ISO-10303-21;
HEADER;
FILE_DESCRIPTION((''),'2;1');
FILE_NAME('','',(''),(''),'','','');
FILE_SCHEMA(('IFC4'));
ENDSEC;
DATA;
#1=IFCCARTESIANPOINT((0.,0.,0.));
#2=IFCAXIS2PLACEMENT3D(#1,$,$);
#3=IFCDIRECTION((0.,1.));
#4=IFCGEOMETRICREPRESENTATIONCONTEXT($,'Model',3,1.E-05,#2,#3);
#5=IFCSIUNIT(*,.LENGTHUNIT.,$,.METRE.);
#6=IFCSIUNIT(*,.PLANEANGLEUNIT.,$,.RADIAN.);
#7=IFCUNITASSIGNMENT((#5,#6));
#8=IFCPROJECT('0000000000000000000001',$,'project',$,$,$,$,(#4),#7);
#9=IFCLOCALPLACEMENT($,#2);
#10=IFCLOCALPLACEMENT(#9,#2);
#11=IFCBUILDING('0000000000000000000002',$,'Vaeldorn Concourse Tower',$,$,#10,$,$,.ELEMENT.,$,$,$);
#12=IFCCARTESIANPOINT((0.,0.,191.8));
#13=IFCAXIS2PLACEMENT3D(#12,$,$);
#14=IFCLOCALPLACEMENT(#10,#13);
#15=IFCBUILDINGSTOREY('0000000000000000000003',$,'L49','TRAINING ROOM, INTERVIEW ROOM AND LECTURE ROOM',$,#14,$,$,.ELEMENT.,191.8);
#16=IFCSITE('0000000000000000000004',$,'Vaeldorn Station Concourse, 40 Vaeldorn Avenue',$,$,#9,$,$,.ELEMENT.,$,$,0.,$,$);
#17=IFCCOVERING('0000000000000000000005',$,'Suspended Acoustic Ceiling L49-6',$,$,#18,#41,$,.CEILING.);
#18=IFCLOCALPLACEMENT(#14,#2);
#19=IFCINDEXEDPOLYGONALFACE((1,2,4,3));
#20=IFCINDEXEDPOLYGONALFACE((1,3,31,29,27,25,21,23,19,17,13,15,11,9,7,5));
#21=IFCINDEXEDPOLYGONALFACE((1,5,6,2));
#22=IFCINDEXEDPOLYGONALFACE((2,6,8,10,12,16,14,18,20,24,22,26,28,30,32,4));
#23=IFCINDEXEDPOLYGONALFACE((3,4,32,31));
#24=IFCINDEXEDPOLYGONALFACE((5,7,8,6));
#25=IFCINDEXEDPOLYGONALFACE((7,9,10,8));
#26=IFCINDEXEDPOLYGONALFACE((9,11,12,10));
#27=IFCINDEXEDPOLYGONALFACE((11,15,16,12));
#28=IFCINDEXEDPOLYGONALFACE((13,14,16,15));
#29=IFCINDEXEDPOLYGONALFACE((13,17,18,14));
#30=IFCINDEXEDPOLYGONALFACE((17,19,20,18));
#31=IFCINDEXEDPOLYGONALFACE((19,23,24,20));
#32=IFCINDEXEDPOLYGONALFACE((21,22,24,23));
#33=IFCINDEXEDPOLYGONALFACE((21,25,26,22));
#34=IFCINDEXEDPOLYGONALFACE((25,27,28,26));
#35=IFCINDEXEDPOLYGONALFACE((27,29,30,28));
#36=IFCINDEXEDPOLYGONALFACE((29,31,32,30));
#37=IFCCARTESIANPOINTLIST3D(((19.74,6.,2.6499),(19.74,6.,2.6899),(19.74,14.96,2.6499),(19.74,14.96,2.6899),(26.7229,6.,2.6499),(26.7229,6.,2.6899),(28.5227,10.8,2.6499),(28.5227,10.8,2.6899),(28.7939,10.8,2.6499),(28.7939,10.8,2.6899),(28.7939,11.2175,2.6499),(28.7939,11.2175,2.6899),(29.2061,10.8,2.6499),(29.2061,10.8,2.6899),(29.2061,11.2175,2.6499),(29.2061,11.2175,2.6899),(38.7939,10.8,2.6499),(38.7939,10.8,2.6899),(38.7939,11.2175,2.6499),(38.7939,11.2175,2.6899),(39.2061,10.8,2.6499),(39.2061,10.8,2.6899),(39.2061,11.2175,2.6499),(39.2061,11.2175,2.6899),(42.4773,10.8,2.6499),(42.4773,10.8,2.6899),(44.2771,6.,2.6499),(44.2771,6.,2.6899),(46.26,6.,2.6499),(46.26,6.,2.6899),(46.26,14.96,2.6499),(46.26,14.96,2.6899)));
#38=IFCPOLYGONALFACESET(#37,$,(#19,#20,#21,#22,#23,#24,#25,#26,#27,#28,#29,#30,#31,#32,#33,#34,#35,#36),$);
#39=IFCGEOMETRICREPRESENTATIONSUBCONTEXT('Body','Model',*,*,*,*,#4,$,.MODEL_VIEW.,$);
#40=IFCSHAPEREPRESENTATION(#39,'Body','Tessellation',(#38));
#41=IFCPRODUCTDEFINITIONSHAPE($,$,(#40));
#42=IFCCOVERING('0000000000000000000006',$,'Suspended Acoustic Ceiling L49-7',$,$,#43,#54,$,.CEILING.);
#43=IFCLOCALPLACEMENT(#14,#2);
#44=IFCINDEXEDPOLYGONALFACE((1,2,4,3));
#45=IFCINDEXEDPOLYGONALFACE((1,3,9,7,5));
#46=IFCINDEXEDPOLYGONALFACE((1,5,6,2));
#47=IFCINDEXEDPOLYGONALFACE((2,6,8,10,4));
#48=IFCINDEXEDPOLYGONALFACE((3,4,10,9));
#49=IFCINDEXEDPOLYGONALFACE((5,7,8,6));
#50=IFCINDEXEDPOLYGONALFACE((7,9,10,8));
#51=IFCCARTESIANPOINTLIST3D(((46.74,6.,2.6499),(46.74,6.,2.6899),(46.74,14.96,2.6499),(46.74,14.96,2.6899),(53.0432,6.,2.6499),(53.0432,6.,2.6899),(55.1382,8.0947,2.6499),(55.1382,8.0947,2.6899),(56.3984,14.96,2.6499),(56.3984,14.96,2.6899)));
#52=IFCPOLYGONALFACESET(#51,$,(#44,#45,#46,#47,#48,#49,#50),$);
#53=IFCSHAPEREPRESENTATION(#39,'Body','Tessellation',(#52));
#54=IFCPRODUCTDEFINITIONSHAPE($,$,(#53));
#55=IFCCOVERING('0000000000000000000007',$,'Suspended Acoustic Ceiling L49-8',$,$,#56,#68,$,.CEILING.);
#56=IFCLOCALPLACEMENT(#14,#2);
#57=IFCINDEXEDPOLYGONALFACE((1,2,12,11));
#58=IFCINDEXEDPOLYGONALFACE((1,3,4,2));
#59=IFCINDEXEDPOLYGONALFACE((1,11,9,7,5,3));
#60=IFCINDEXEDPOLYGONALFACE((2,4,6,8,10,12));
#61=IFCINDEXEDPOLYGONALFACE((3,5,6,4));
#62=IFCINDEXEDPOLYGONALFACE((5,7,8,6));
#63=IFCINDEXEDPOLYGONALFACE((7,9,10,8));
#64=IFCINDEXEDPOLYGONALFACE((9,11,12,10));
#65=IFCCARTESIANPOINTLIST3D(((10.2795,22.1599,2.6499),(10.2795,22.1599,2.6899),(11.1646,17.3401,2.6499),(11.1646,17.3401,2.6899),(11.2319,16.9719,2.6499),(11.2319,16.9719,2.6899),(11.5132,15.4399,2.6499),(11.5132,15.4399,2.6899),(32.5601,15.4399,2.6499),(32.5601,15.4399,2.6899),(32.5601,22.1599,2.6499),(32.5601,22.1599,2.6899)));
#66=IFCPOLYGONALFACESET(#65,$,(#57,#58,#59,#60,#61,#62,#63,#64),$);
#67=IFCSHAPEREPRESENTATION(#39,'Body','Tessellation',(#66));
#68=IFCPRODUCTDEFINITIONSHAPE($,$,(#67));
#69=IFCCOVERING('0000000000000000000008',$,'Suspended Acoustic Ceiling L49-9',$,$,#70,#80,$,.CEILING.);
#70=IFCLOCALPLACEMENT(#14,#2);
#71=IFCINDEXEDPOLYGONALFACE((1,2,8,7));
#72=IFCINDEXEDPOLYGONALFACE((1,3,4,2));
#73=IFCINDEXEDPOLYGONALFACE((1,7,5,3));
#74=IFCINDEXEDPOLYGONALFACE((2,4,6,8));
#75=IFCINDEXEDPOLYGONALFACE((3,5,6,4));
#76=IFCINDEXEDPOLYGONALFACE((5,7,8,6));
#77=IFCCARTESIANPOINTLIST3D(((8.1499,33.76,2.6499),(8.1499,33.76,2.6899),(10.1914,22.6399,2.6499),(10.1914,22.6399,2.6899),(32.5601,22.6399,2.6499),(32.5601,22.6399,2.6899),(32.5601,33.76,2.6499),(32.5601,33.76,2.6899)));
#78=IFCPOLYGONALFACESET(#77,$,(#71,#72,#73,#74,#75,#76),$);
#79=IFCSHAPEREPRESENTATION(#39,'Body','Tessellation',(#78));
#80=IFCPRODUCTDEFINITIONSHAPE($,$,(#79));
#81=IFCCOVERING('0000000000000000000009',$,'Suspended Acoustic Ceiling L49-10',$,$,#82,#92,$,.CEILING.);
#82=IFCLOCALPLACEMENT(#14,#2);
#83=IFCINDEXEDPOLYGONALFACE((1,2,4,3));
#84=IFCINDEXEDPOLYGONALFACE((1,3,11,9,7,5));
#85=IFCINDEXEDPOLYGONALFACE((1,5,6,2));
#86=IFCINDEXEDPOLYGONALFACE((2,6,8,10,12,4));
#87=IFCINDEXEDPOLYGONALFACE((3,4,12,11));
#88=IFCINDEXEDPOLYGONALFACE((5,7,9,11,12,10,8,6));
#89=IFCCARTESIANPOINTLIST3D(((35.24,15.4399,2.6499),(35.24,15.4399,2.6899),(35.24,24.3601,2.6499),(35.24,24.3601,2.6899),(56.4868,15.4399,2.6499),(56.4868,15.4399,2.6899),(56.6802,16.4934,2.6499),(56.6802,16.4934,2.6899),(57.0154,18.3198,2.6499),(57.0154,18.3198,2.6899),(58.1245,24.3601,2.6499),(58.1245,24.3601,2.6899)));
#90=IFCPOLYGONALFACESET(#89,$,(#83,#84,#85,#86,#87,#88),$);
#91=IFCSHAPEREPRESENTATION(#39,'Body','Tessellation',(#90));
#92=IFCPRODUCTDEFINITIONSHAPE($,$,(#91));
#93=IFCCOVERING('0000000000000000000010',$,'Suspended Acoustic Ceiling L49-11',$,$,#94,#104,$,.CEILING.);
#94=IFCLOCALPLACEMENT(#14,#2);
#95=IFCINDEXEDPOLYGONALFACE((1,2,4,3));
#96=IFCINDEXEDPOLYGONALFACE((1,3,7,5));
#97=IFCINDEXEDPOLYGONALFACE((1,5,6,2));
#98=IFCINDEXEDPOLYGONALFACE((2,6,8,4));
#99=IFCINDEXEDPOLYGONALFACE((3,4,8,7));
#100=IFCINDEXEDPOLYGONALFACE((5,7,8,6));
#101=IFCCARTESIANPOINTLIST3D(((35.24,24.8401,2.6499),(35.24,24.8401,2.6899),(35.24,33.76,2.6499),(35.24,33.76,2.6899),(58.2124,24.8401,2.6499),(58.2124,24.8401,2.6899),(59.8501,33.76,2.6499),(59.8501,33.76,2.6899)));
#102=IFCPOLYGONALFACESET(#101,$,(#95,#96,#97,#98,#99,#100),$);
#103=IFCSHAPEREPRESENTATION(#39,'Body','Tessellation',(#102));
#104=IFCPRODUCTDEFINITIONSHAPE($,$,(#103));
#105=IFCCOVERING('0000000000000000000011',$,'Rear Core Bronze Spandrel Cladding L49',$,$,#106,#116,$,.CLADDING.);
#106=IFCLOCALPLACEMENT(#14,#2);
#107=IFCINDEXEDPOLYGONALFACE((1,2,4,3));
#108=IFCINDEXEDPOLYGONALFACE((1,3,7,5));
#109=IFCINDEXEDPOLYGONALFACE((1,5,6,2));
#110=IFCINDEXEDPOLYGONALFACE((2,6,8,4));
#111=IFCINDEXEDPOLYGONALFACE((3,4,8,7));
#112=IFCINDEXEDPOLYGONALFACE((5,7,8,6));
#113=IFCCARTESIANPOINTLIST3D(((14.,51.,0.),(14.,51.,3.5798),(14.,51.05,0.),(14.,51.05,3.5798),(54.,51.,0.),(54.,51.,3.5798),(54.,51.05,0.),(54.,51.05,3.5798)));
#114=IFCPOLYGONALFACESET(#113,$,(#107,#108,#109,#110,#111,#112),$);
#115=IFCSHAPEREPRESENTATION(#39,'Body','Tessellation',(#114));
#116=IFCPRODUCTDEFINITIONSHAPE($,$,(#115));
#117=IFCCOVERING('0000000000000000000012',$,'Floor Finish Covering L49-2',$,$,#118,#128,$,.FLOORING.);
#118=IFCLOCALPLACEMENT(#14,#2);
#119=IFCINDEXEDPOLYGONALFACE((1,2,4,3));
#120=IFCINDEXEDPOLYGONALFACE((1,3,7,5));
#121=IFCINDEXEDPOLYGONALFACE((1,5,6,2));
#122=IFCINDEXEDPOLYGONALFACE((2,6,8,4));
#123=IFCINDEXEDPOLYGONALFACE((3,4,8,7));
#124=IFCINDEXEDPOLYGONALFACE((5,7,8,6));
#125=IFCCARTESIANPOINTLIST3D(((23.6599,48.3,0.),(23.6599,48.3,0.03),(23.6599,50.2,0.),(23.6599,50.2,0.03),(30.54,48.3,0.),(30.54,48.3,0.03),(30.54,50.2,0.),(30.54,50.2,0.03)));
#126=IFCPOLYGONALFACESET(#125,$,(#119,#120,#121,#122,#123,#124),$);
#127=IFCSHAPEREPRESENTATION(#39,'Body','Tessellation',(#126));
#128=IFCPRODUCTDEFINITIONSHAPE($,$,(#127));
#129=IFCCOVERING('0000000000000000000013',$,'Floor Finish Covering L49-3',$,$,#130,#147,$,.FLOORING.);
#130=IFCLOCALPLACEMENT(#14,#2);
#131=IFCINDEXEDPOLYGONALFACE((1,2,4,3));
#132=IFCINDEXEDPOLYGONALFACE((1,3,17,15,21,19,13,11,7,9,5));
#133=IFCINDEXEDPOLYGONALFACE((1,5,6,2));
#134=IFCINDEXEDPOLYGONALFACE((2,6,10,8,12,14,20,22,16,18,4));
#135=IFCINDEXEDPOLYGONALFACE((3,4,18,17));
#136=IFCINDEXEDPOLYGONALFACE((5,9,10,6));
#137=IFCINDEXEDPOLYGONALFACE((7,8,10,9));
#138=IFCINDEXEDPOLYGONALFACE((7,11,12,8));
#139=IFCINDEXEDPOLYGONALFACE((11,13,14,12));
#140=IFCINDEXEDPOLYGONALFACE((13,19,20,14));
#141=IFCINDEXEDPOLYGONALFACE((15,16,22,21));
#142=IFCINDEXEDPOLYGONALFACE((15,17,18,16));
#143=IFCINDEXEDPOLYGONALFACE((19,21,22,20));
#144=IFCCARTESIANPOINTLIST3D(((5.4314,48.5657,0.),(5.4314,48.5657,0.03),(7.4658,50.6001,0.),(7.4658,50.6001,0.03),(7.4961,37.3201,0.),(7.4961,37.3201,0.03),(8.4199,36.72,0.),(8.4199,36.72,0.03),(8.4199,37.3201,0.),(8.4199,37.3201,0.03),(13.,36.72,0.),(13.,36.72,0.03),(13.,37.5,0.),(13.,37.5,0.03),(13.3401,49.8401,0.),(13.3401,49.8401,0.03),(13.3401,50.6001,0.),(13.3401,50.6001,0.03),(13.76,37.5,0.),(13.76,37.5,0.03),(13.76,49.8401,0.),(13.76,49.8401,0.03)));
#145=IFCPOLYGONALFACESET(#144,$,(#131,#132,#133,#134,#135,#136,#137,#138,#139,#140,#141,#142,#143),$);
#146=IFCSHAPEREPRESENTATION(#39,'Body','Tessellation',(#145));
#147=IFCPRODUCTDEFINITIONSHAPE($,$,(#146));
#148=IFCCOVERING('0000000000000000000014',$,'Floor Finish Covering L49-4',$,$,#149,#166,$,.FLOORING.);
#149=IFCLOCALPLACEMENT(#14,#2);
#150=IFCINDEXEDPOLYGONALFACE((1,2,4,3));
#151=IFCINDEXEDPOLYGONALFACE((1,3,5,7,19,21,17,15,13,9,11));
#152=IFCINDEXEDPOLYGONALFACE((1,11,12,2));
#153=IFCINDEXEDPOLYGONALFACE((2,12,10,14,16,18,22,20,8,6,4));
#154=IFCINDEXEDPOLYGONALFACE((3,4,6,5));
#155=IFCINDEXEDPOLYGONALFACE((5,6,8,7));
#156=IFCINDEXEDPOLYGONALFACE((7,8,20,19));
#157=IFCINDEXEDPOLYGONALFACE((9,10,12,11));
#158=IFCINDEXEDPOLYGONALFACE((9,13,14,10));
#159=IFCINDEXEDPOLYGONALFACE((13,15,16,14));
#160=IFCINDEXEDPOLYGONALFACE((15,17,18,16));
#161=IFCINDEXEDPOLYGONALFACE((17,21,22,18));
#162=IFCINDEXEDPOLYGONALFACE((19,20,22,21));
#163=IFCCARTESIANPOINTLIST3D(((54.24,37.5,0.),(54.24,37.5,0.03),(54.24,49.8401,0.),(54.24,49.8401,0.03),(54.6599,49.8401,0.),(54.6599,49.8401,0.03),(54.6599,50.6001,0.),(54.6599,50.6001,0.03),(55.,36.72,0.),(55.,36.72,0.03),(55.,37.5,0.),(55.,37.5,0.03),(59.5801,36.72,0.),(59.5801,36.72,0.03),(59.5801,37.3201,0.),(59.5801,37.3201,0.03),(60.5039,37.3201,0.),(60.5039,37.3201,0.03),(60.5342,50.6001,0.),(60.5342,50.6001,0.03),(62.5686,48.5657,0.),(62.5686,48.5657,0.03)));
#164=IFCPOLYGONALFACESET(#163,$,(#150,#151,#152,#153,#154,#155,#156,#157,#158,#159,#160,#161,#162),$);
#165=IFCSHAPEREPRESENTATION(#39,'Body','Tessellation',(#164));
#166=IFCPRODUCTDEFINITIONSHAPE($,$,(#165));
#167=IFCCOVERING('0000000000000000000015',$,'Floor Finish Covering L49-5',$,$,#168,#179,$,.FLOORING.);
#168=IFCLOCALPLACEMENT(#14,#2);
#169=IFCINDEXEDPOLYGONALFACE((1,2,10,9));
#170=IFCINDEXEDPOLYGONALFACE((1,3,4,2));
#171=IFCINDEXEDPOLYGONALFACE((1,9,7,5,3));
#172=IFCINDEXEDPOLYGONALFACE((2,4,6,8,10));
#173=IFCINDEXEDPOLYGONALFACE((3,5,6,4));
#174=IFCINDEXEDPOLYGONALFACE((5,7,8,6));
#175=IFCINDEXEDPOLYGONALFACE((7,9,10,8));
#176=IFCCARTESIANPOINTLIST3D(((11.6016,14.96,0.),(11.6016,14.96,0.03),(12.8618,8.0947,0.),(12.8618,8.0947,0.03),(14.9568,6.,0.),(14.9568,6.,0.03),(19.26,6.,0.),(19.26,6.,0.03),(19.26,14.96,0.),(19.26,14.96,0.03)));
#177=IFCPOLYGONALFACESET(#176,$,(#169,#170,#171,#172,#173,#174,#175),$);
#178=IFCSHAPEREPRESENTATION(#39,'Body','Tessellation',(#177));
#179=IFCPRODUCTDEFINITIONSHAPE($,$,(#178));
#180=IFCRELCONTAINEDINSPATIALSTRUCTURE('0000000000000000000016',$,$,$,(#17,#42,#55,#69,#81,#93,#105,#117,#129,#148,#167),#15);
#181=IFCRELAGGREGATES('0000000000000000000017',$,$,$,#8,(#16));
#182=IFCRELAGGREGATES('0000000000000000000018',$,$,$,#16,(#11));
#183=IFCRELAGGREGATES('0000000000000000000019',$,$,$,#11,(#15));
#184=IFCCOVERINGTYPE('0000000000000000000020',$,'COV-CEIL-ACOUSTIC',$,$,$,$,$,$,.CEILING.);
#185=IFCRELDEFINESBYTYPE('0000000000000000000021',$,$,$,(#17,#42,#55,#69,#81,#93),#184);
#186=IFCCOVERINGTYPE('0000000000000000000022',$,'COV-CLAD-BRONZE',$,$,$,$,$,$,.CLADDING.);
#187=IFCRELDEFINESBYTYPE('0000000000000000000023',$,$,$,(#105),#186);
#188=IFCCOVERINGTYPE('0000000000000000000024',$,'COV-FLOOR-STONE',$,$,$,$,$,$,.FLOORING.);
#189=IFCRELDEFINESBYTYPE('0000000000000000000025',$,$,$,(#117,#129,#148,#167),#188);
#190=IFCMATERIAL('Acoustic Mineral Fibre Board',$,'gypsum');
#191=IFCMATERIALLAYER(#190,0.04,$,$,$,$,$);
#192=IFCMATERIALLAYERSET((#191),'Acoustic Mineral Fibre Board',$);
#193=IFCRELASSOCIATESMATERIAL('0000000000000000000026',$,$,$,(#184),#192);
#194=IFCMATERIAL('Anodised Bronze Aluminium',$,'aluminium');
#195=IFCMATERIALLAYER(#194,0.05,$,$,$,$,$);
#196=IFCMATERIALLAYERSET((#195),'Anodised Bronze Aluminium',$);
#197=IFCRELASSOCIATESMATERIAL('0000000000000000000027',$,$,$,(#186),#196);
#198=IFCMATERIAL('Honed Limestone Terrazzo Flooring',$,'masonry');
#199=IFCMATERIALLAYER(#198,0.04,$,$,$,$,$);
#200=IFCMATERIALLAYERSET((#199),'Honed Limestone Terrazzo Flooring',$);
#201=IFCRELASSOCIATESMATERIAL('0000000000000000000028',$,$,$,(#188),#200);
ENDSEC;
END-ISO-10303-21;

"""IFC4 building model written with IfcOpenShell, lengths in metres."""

from ifc_helpers import new_model, si_unit, direction, frame, origin, place, context, subcontext, project, spatial, polyline, outline, extrude, material, layer, layer_set, type_object, element, save


model = new_model("IFC4")

# Units and contexts
model_context = context("Model", 3, precision=1e-05, world=origin(), true_north=direction((0.0, 1.0)))
body_context = subcontext(model_context, "Body", "Model", "MODEL_VIEW")
ifc_project = project(units=[si_unit("LENGTHUNIT", "METRE"), si_unit("PLANEANGLEUNIT", "RADIAN")], contexts=[model_context])

# Site, building, storey
site_placement = place(None, origin())
site = spatial("IfcSite", under=ifc_project, at=site_placement, Name="Vaeldorn Station Concourse, 40 Vaeldorn Avenue", CompositionType="ELEMENT", RefElevation=0.0)
building_placement = place(site_placement, origin())
building = spatial("IfcBuilding", under=site, at=building_placement, Name="Vaeldorn Concourse Tower", CompositionType="ELEMENT")
storey_placement = place(building_placement, frame((0.0, 0.0, 191.8)))
storey = spatial("IfcBuildingStorey", under=building, at=storey_placement, Name="L49", Description="TRAINING ROOM, INTERVIEW ROOM AND LECTURE ROOM", CompositionType="ELEMENT", Elevation=191.8)

# Coverings
ifc_material_1 = material(Name="Acoustic Mineral Fibre Board", Category="gypsum")
ifc_layer_1 = layer(ifc_material_1, 0.04)
ifc_layer_set_1 = layer_set([ifc_layer_1], Name="Acoustic Mineral Fibre Board")
covering_type_1 = type_object("IfcCoveringType", Name="COV-CEIL-ACOUSTIC", PredefinedType="CEILING", material=ifc_layer_set_1)
covering_1_placement = place(storey_placement, frame((0.0, 0.0, 2.6499)))
element("IfcCovering", 1, at=covering_1_placement, inside=storey, type_object=covering_type_1, Name="Suspended Acoustic Ceiling L49-6", PredefinedType="CEILING", context=body_context, shape_type="SweptSolid", body=[
    extrude(outline(polyline([(26.7229, 6.0), (19.74, 6.0), (19.74, 14.96), (46.26, 14.96), (46.26, 6.0), (44.2771, 6.0), (42.4773, 10.8), (39.2061, 10.8), (39.2061, 11.2175), (38.7939, 11.2175), (38.7939, 10.8), (29.2061, 10.8), (29.2061, 11.2175), (28.7939, 11.2175), (28.7939, 10.8), (28.5227, 10.8), (26.7229, 6.0)])), origin(), (0.0, 0.0, 1.0), 0.04),
])
covering_2_placement = place(storey_placement, frame((0.0, 0.0, 2.6499)))
element("IfcCovering", 2, at=covering_2_placement, inside=storey, type_object=covering_type_1, Name="Suspended Acoustic Ceiling L49-7", PredefinedType="CEILING", context=body_context, shape_type="SweptSolid", body=[
    extrude(outline(polyline([(53.0432, 6.0), (46.74, 6.0), (46.74, 14.96), (56.3984, 14.96), (55.1382, 8.0947), (53.0432, 6.0)])), origin(), (0.0, 0.0, 1.0), 0.04),
])
covering_3_placement = place(storey_placement, frame((0.0, 0.0, 2.6499)))
element("IfcCovering", 3, at=covering_3_placement, inside=storey, type_object=covering_type_1, Name="Suspended Acoustic Ceiling L49-8", PredefinedType="CEILING", context=body_context, shape_type="SweptSolid", body=[
    extrude(outline(polyline([(32.5601, 22.1599), (32.5601, 15.4399), (11.5132, 15.4399), (11.2319, 16.9719), (11.1646, 17.3401), (11.1646, 17.3401), (10.2795, 22.1599), (32.5601, 22.1599)])), origin(), (0.0, 0.0, 1.0), 0.04),
])
covering_4_placement = place(storey_placement, frame((0.0, 0.0, 2.6499)))
element("IfcCovering", 4, at=covering_4_placement, inside=storey, type_object=covering_type_1, Name="Suspended Acoustic Ceiling L49-9", PredefinedType="CEILING", context=body_context, shape_type="SweptSolid", body=[
    extrude(outline(polyline([(32.5601, 33.76), (32.5601, 22.6399), (10.1914, 22.6399), (8.1499, 33.76), (32.5601, 33.76)])), origin(), (0.0, 0.0, 1.0), 0.04),
])
covering_5_placement = place(storey_placement, frame((0.0, 0.0, 2.6499)))
element("IfcCovering", 5, at=covering_5_placement, inside=storey, type_object=covering_type_1, Name="Suspended Acoustic Ceiling L49-10", PredefinedType="CEILING", context=body_context, shape_type="SweptSolid", body=[
    extrude(outline(polyline([(35.24, 15.4399), (35.24, 24.3601), (58.1245, 24.3601), (57.0154, 18.3198), (56.6802, 16.4934), (56.4868, 15.4399), (35.24, 15.4399)])), origin(), (0.0, 0.0, 1.0), 0.04),
])
covering_6_placement = place(storey_placement, frame((0.0, 0.0, 2.6499)))
element("IfcCovering", 6, at=covering_6_placement, inside=storey, type_object=covering_type_1, Name="Suspended Acoustic Ceiling L49-11", PredefinedType="CEILING", context=body_context, shape_type="SweptSolid", body=[
    extrude(outline(polyline([(35.24, 24.8401), (35.24, 33.76), (59.8501, 33.76), (58.2124, 24.8401), (35.24, 24.8401)])), origin(), (0.0, 0.0, 1.0), 0.04),
])
ifc_material_2 = material(Name="Anodised Bronze Aluminium", Category="aluminium")
ifc_layer_2 = layer(ifc_material_2, 0.05)
ifc_layer_set_2 = layer_set([ifc_layer_2], Name="Anodised Bronze Aluminium")
covering_type_2 = type_object("IfcCoveringType", Name="COV-CLAD-BRONZE", PredefinedType="CLADDING", material=ifc_layer_set_2)
covering_7_placement = place(storey_placement, origin())
element("IfcCovering", 7, at=covering_7_placement, inside=storey, type_object=covering_type_2, Name="Rear Core Bronze Spandrel Cladding L49", PredefinedType="CLADDING", context=body_context, shape_type="SweptSolid", body=[
    extrude(outline(polyline([(14.0, 51.0), (54.0, 51.0), (54.0, 51.05), (14.0, 51.05), (14.0, 51.0)])), origin(), (0.0, 0.0, 1.0), 3.5798),
])
ifc_material_3 = material(Name="Honed Limestone Terrazzo Flooring", Category="masonry")
ifc_layer_3 = layer(ifc_material_3, 0.04)
ifc_layer_set_3 = layer_set([ifc_layer_3], Name="Honed Limestone Terrazzo Flooring")
covering_type_3 = type_object("IfcCoveringType", Name="COV-FLOOR-STONE", PredefinedType="FLOORING", material=ifc_layer_set_3)
covering_8_placement = place(storey_placement, origin())
element("IfcCovering", 8, at=covering_8_placement, inside=storey, type_object=covering_type_3, Name="Floor Finish Covering L49-2", PredefinedType="FLOORING", context=body_context, shape_type="SweptSolid", body=[
    extrude(outline(polyline([(30.54, 50.2), (30.54, 48.3), (23.6599, 48.3), (23.6599, 50.2), (30.54, 50.2)])), origin(), (0.0, 0.0, 1.0), 0.03),
])
covering_9_placement = place(storey_placement, origin())
element("IfcCovering", 9, at=covering_9_placement, inside=storey, type_object=covering_type_3, Name="Floor Finish Covering L49-3", PredefinedType="FLOORING", context=body_context, shape_type="SweptSolid", body=[
    extrude(outline(polyline([(7.4658, 50.6001), (13.3401, 50.6001), (13.3401, 49.8401), (13.76, 49.8401), (13.76, 37.5), (13.0, 37.5), (13.0, 36.72), (8.4199, 36.72), (8.4199, 37.3201), (7.4961, 37.3201), (5.4314, 48.5657), (7.4658, 50.6001)])), origin(), (0.0, 0.0, 1.0), 0.03),
])
covering_10_placement = place(storey_placement, origin())
element("IfcCovering", 10, at=covering_10_placement, inside=storey, type_object=covering_type_3, Name="Floor Finish Covering L49-4", PredefinedType="FLOORING", context=body_context, shape_type="SweptSolid", body=[
    extrude(outline(polyline([(54.6599, 49.8401), (54.6599, 50.6001), (60.5342, 50.6001), (62.5686, 48.5657), (60.5039, 37.3201), (59.5801, 37.3201), (59.5801, 36.72), (55.0, 36.72), (55.0, 37.5), (54.24, 37.5), (54.24, 49.8401), (54.6599, 49.8401)])), origin(), (0.0, 0.0, 1.0), 0.03),
])
covering_11_placement = place(storey_placement, origin())
element("IfcCovering", 11, at=covering_11_placement, inside=storey, type_object=covering_type_3, Name="Floor Finish Covering L49-5", PredefinedType="FLOORING", context=body_context, shape_type="SweptSolid", body=[
    extrude(outline(polyline([(19.26, 14.96), (19.26, 6.0), (14.9568, 6.0), (12.8618, 8.0947), (11.6016, 14.96), (19.26, 14.96)])), origin(), (0.0, 0.0, 1.0), 0.03),
])

save(model, "model.ifc")
